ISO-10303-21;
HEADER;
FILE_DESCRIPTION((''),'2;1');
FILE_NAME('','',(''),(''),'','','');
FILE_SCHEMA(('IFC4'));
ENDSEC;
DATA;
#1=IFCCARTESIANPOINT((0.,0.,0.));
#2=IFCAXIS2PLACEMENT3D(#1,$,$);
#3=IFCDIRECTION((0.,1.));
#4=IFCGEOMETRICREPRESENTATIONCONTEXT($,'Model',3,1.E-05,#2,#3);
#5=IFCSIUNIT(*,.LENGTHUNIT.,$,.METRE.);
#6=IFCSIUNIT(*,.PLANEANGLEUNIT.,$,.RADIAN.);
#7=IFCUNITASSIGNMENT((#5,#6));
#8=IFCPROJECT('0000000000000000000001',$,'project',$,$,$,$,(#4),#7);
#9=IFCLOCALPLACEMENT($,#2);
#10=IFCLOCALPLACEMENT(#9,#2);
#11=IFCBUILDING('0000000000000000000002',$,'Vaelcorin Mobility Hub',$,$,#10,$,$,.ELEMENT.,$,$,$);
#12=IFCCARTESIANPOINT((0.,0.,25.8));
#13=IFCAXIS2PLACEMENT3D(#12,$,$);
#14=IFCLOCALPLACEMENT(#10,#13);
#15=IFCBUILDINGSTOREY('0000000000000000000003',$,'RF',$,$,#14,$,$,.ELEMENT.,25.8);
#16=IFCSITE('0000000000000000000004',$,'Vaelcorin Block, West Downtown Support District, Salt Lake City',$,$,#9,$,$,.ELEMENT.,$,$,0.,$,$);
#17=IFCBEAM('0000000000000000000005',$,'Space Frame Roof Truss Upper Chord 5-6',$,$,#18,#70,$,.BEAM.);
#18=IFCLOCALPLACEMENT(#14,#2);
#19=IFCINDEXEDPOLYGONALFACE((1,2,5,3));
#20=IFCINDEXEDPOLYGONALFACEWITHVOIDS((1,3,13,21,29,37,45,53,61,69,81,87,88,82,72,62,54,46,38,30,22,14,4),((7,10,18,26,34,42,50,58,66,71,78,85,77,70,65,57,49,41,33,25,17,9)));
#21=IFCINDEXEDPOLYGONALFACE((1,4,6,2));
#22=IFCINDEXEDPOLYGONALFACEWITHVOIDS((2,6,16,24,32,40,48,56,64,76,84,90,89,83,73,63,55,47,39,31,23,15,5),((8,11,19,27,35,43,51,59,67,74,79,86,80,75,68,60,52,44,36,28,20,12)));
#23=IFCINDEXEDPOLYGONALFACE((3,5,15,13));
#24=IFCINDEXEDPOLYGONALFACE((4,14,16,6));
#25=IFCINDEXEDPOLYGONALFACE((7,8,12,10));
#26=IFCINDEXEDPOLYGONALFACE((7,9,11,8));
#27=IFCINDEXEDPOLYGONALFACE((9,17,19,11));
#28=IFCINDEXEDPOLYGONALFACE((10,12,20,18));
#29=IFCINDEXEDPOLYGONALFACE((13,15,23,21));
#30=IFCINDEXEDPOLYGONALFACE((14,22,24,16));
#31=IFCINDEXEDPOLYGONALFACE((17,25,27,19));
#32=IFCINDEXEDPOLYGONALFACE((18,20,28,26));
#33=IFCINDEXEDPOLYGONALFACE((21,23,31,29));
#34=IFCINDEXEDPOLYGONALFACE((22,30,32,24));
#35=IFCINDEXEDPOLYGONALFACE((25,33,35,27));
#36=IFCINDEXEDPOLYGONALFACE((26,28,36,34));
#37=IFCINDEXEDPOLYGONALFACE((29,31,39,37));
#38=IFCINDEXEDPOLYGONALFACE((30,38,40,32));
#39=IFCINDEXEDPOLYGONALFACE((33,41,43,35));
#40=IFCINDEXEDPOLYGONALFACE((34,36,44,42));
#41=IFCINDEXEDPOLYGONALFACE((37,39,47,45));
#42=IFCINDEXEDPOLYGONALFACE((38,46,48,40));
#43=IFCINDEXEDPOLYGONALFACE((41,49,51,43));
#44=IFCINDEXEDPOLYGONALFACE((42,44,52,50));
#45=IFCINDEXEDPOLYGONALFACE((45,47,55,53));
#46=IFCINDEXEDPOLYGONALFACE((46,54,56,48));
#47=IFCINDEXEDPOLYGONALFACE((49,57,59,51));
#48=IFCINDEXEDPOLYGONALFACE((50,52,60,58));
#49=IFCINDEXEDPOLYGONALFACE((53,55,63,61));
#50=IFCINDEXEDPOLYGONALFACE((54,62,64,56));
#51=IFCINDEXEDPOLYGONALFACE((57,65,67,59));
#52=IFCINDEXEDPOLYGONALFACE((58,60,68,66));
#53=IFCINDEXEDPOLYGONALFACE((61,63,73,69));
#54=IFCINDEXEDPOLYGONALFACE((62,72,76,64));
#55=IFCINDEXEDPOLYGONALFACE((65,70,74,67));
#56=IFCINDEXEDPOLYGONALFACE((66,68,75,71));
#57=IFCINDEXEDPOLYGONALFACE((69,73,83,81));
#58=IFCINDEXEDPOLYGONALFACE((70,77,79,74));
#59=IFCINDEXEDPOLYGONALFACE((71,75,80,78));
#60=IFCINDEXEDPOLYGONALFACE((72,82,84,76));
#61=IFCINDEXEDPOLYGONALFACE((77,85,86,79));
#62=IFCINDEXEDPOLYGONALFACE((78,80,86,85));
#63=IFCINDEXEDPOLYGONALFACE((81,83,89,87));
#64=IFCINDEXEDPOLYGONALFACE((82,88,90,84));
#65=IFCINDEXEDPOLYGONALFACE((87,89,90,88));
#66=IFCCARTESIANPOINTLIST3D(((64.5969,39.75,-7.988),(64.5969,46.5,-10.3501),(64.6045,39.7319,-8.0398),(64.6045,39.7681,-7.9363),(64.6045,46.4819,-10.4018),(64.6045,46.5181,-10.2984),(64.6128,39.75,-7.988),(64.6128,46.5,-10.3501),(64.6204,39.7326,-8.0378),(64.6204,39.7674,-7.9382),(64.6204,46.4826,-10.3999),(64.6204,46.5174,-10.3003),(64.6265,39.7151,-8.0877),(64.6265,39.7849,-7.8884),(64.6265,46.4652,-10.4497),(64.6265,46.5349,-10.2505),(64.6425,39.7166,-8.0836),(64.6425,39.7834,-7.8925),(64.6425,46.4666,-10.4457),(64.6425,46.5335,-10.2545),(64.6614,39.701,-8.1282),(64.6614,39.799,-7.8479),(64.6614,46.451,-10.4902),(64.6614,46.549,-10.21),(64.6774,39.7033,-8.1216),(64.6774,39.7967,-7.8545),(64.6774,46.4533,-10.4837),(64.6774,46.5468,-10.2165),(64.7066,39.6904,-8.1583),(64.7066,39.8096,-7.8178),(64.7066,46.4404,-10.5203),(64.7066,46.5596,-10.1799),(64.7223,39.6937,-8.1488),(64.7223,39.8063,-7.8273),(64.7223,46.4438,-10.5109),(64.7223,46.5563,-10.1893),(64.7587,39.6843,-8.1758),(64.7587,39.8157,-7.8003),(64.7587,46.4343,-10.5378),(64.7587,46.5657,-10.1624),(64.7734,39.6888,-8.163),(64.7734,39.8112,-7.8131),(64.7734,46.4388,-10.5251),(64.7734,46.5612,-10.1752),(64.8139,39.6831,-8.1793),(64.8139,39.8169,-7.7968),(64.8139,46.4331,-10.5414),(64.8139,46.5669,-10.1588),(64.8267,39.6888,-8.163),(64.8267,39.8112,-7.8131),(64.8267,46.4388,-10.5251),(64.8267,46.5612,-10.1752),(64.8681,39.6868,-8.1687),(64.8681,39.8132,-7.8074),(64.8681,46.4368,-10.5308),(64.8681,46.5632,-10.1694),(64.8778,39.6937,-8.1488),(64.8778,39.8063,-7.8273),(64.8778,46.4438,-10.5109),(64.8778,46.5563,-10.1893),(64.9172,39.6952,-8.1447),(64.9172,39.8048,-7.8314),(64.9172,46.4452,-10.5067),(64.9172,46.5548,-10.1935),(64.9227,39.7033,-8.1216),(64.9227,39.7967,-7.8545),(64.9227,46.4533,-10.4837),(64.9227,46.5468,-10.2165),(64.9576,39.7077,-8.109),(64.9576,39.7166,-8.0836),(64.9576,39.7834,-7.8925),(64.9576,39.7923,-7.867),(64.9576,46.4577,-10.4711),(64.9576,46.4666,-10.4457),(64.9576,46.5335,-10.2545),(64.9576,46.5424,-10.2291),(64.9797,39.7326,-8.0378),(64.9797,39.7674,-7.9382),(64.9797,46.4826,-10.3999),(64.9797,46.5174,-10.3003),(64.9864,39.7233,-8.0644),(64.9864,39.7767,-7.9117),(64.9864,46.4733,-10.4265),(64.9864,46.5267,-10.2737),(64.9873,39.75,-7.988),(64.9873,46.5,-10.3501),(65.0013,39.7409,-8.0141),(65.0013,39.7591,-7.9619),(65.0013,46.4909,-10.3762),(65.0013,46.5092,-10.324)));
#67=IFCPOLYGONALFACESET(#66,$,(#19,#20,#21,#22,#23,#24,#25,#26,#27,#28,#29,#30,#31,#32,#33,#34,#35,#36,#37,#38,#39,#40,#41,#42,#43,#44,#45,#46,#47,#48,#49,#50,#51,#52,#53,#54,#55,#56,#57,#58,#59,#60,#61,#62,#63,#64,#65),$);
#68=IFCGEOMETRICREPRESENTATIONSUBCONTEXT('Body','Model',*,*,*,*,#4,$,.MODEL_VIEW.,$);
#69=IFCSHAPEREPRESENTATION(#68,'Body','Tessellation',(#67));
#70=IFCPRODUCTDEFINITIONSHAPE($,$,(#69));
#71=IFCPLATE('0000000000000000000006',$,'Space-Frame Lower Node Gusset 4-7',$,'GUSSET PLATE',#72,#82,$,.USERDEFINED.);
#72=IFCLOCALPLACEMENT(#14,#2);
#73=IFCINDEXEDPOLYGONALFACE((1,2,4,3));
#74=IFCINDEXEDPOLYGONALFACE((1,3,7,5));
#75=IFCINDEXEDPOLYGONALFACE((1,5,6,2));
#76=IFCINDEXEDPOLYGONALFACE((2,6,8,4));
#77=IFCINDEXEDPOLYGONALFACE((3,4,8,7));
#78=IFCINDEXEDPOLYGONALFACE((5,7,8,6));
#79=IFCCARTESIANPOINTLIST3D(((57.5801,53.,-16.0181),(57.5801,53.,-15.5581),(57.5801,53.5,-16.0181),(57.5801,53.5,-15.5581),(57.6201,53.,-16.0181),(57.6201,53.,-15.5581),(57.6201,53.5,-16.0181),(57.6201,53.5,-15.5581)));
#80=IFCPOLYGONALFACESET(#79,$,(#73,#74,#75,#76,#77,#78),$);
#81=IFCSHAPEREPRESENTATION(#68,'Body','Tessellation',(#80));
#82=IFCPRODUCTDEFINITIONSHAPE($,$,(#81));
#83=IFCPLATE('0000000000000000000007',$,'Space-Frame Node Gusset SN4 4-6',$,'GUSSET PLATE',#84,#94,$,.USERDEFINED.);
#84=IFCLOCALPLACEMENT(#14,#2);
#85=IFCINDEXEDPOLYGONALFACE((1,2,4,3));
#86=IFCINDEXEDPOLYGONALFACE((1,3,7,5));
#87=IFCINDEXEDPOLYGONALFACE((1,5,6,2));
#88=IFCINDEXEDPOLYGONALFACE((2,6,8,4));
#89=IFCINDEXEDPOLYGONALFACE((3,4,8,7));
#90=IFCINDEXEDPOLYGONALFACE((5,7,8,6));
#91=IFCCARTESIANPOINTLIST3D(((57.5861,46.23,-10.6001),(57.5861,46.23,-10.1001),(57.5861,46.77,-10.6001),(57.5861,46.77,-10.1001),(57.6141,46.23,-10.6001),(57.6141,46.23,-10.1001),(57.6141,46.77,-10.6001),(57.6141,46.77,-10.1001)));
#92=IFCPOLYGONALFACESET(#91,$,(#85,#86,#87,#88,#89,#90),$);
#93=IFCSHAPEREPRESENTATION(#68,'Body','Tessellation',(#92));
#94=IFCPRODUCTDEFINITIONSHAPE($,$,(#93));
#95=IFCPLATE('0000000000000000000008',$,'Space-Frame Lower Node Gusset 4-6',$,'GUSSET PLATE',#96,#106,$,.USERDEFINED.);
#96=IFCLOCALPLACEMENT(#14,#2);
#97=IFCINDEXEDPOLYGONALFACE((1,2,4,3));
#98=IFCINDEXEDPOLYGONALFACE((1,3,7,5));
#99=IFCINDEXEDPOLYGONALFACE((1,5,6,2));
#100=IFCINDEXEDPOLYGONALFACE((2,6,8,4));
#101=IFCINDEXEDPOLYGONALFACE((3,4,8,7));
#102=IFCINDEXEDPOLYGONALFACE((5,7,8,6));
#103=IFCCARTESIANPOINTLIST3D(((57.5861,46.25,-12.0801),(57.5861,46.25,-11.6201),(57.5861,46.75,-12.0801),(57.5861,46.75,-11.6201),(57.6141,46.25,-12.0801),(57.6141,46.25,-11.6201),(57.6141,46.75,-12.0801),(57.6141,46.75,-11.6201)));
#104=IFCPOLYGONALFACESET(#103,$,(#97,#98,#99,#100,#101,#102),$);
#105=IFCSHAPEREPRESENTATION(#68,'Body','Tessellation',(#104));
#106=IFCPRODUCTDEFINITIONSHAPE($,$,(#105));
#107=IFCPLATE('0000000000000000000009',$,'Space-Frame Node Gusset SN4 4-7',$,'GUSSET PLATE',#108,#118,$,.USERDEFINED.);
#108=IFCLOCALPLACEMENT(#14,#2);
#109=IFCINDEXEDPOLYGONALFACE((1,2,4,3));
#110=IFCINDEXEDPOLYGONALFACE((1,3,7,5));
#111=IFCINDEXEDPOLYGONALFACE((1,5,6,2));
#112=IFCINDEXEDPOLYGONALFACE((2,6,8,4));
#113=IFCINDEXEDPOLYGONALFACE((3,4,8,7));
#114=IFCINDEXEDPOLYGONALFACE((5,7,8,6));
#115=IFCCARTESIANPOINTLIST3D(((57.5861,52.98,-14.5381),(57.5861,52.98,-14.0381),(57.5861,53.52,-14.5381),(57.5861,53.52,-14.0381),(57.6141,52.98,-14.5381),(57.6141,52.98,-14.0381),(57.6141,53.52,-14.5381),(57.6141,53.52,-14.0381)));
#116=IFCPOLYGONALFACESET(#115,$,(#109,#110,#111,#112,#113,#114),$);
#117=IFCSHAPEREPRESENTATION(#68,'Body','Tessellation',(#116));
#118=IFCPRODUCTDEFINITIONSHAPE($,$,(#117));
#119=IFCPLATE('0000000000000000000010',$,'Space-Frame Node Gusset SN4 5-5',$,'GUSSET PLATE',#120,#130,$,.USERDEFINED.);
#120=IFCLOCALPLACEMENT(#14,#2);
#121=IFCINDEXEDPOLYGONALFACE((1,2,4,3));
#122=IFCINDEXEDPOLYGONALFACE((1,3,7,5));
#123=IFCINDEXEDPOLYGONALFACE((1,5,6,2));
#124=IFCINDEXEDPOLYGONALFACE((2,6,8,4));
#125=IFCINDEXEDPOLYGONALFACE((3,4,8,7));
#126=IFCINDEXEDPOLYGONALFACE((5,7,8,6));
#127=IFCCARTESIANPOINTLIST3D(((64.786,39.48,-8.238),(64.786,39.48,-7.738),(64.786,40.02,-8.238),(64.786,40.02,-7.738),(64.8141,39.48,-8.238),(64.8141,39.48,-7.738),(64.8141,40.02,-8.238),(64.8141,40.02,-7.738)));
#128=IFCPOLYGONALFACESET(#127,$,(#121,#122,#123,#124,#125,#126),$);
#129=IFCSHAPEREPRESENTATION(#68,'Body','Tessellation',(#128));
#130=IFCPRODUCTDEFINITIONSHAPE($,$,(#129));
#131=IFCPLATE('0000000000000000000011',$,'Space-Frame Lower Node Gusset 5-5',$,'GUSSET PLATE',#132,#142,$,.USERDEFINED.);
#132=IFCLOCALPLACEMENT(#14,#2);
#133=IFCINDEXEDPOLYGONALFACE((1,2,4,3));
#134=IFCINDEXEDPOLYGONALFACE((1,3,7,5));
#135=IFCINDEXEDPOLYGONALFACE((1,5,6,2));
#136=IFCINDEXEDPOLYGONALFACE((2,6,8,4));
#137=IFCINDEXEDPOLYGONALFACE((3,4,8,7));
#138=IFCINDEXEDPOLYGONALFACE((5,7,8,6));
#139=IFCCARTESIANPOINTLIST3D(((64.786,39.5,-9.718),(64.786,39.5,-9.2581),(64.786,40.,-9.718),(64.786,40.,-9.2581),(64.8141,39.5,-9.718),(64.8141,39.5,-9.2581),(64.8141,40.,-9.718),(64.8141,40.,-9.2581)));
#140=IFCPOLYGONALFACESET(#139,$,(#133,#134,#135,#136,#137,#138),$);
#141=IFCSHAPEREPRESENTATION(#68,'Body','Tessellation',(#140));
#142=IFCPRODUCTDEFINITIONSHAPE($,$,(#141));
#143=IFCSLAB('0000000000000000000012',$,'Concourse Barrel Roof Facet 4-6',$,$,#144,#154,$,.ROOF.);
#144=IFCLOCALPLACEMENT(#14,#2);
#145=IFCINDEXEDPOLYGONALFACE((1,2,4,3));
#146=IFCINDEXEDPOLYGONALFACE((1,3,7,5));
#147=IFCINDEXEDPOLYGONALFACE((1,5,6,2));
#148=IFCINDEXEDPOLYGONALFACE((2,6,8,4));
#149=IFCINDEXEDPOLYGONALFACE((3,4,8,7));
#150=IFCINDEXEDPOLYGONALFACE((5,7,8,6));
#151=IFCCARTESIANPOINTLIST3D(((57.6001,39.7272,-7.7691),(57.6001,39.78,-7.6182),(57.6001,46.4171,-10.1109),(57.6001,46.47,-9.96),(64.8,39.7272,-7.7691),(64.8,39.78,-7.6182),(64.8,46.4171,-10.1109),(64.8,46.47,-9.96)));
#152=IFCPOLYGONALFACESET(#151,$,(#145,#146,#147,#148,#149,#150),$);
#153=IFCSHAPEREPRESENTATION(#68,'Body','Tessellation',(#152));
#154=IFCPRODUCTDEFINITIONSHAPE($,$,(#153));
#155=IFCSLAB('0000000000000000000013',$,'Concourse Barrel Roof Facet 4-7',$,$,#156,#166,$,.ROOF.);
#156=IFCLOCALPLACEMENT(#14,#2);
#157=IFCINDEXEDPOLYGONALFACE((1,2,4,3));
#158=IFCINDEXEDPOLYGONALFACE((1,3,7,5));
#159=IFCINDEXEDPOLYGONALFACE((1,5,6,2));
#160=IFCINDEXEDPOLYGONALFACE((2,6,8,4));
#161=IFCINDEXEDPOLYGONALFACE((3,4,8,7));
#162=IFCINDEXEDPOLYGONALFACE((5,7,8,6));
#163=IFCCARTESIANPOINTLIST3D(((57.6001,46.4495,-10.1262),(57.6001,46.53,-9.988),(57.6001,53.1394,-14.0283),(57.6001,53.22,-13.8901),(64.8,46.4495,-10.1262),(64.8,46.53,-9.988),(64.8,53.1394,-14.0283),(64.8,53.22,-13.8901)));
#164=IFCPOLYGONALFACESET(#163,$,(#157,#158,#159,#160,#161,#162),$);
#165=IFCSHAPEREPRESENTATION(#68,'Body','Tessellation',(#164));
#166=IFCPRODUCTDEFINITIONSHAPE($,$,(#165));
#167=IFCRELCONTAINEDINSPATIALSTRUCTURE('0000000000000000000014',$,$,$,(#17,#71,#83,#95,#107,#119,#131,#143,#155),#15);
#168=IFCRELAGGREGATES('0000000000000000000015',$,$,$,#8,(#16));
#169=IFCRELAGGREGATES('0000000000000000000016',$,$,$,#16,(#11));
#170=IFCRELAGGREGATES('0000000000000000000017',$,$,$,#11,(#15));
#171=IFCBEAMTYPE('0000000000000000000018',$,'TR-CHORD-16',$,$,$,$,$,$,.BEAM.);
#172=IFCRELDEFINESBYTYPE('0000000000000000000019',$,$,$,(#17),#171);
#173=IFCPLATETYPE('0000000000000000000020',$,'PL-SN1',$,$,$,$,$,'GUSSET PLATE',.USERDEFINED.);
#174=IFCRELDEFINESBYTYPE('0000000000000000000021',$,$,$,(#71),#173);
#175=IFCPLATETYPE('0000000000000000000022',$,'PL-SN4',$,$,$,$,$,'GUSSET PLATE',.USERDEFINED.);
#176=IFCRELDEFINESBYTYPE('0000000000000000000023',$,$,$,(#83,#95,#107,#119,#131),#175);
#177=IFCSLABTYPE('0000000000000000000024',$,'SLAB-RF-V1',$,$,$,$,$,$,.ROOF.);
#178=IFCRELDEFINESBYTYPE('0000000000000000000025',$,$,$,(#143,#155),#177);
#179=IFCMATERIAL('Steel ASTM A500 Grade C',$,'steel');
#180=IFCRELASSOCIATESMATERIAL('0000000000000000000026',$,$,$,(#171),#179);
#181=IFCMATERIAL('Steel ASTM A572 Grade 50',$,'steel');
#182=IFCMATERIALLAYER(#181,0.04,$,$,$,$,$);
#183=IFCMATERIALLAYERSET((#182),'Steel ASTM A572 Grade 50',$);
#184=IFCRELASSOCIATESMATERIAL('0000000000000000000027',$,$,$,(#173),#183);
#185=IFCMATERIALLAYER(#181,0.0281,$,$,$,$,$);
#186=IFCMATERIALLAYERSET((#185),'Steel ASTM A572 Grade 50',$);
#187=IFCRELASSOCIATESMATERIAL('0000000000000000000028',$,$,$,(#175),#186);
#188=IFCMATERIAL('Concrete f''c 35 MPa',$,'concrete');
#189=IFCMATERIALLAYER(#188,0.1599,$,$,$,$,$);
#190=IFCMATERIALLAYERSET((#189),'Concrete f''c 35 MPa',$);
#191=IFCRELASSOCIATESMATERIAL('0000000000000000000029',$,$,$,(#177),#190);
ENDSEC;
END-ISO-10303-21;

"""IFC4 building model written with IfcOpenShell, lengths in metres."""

from ifc_helpers import new_model, si_unit, direction, frame, origin, origin_2d, place, context, subcontext, project, spatial, polyline, rectangle, hollow_circle, outline, extrude, material, layer, layer_set, material_profile, profile_set, type_object, element, save


model = new_model("IFC4")

# Units and contexts
model_context = context("Model", 3, precision=1e-05, world=origin(), true_north=direction((0.0, 1.0)))
body_context = subcontext(model_context, "Body", "Model", "MODEL_VIEW")
ifc_project = project(units=[si_unit("LENGTHUNIT", "METRE"), si_unit("PLANEANGLEUNIT", "RADIAN")], contexts=[model_context])

# Site, building, storey
site_placement = place(None, origin())
site = spatial("IfcSite", under=ifc_project, at=site_placement, Name="Vaelcorin Block, West Downtown Support District, Salt Lake City", CompositionType="ELEMENT", RefElevation=0.0)
building_placement = place(site_placement, origin())
building = spatial("IfcBuilding", under=site, at=building_placement, Name="Vaelcorin Mobility Hub", CompositionType="ELEMENT")
storey_placement = place(building_placement, frame((0.0, 0.0, 25.8)))
storey = spatial("IfcBuildingStorey", under=building, at=storey_placement, Name="RF", CompositionType="ELEMENT", Elevation=25.8)

# Shared definitions
ifc_material_1 = material(Name="Steel ASTM A500 Grade C", Category="steel")

# Beam
ifc_material_profile_1 = material_profile(ifc_material_1, hollow_circle(Radius=0.2031, WallThickness=0.0159, at=origin_2d()), Name="HSS16.000X0.625")
ifc_profile_set_1 = profile_set([ifc_material_profile_1], Name="Steel ASTM A500 Grade C")
beam_type = type_object("IfcBeamType", Name="TR-CHORD-16", PredefinedType="BEAM", material=ifc_profile_set_1)
beam_1_placement = place(storey_placement, frame((64.8, 39.75, -7.988), z_axis=(0.0, 0.943878, -0.330296), x_axis=(-1.0, 0.0, 0.0)))
element("IfcBeam", 1, at=beam_1_placement, inside=storey, type_object=beam_type, Name="Space Frame Roof Truss Upper Chord 5-6", PredefinedType="BEAM", context=body_context, shape_type="SweptSolid", body=[
    extrude(hollow_circle(Radius=0.2031, WallThickness=0.0159, at=origin_2d()), origin(), (0.0, 0.0, 1.0), 7.1514),
])

# Plates
ifc_material_2 = material(Name="Steel ASTM A572 Grade 50", Category="steel")
ifc_layer_1 = layer(ifc_material_2, 0.04)
ifc_layer_set_1 = layer_set([ifc_layer_1], Name="Steel ASTM A572 Grade 50")
plate_type_1 = type_object("IfcPlateType", Name="PL-SN1", ElementType="GUSSET PLATE", PredefinedType="USERDEFINED", material=ifc_layer_set_1)
plate_1_placement = place(storey_placement, frame((57.6001, 53.25, -16.0181), z_axis=(0.0, 0.0, 1.0), x_axis=(1.0, 0.0, 0.0)))
element("IfcPlate", 2, at=plate_1_placement, inside=storey, type_object=plate_type_1, Name="Space-Frame Lower Node Gusset 4-7", ObjectType="GUSSET PLATE", PredefinedType="USERDEFINED", context=body_context, shape_type="SweptSolid", body=[
    extrude(rectangle(XDim=0.04, YDim=0.5, at=origin_2d()), origin(), (0.0, 0.0, 1.0), 0.46),
])
ifc_layer_2 = layer(ifc_material_2, 0.0281)
ifc_layer_set_2 = layer_set([ifc_layer_2], Name="Steel ASTM A572 Grade 50")
plate_type_2 = type_object("IfcPlateType", Name="PL-SN4", ElementType="GUSSET PLATE", PredefinedType="USERDEFINED", material=ifc_layer_set_2)
plate_2_placement = place(storey_placement, frame((57.6001, 46.5, -10.6001), z_axis=(0.0, 0.0, 1.0), x_axis=(1.0, 0.0, 0.0)))
element("IfcPlate", 3, at=plate_2_placement, inside=storey, type_object=plate_type_2, Name="Space-Frame Node Gusset SN4 4-6", ObjectType="GUSSET PLATE", PredefinedType="USERDEFINED", context=body_context, shape_type="SweptSolid", body=[
    extrude(rectangle(XDim=0.0281, YDim=0.54, at=origin_2d()), origin(), (0.0, 0.0, 1.0), 0.5),
])
plate_3_placement = place(storey_placement, frame((57.6001, 46.5, -12.0801), z_axis=(0.0, 0.0, 1.0), x_axis=(1.0, 0.0, 0.0)))
element("IfcPlate", 4, at=plate_3_placement, inside=storey, type_object=plate_type_2, Name="Space-Frame Lower Node Gusset 4-6", ObjectType="GUSSET PLATE", PredefinedType="USERDEFINED", context=body_context, shape_type="SweptSolid", body=[
    extrude(rectangle(XDim=0.0281, YDim=0.5, at=origin_2d()), origin(), (0.0, 0.0, 1.0), 0.46),
])
for number, where, z_axis, x_axis, name in (
    (5, (57.6001, 53.25, -14.5381), (0.0, 0.0, 1.0), (1.0, 0.0, 0.0), "Space-Frame Node Gusset SN4 4-7"),
    (6, (64.8, 39.75, -8.238), (0.0, 0.0, 1.0), (1.0, 0.0, 0.0), "Space-Frame Node Gusset SN4 5-5"),
):
    element("IfcPlate", number, at=place(storey_placement, frame(where, z_axis=z_axis, x_axis=x_axis)), inside=storey, type_object=plate_type_2, Name=name, ObjectType="GUSSET PLATE", PredefinedType="USERDEFINED", context=body_context, shape_type="SweptSolid", body=[
        extrude(rectangle(XDim=0.0281, YDim=0.54, at=origin_2d()), origin(), (0.0, 0.0, 1.0), 0.5),
    ])
plate_4_placement = place(storey_placement, frame((64.8, 39.75, -9.718), z_axis=(0.0, 0.0, 1.0), x_axis=(1.0, 0.0, 0.0)))
element("IfcPlate", 7, at=plate_4_placement, inside=storey, type_object=plate_type_2, Name="Space-Frame Lower Node Gusset 5-5", ObjectType="GUSSET PLATE", PredefinedType="USERDEFINED", context=body_context, shape_type="SweptSolid", body=[
    extrude(rectangle(XDim=0.0281, YDim=0.5, at=origin_2d()), origin(), (0.0, 0.0, 1.0), 0.46),
])

# Slabs
ifc_material_3 = material(Name="Concrete f'c 35 MPa", Category="concrete")
ifc_layer_3 = layer(ifc_material_3, 0.1599)
ifc_layer_set_3 = layer_set([ifc_layer_3], Name="Concrete f'c 35 MPa")
slab_type = type_object("IfcSlabType", Name="SLAB-RF-V1", PredefinedType="ROOF", material=ifc_layer_set_3)
slab_1_placement = place(storey_placement, frame((57.6001, 39.78, -7.6182), z_axis=(0.0, 0.33039, 0.943844), x_axis=(1.0, 0.0, 0.0)))
element("IfcSlab", 8, at=slab_1_placement, inside=storey, type_object=slab_type, Name="Concourse Barrel Roof Facet 4-6", PredefinedType="ROOF", context=body_context, shape_type="SweptSolid", body=[
    extrude(outline(polyline([(0.0, 0.0), (7.2, 0.0), (7.2, 7.088), (0.0, 7.088), (0.0, 0.0)])), origin(), (0.0, 0.0, -1.0), 0.1599),
])
slab_2_placement = place(storey_placement, frame((57.6001, 46.53, -9.988), z_axis=(0.0, 0.503836, 0.863799), x_axis=(1.0, 0.0, 0.0)))
element("IfcSlab", 9, at=slab_2_placement, inside=storey, type_object=slab_type, Name="Concourse Barrel Roof Facet 4-7", PredefinedType="ROOF", context=body_context, shape_type="SweptSolid", body=[
    extrude(outline(polyline([(0.0, 0.0), (7.2, 0.0), (7.2, 7.7448), (0.0, 7.7448), (0.0, 0.0)])), origin(), (0.0, 0.0, -1.0), 0.1599),
])

save(model, "model.ifc")
